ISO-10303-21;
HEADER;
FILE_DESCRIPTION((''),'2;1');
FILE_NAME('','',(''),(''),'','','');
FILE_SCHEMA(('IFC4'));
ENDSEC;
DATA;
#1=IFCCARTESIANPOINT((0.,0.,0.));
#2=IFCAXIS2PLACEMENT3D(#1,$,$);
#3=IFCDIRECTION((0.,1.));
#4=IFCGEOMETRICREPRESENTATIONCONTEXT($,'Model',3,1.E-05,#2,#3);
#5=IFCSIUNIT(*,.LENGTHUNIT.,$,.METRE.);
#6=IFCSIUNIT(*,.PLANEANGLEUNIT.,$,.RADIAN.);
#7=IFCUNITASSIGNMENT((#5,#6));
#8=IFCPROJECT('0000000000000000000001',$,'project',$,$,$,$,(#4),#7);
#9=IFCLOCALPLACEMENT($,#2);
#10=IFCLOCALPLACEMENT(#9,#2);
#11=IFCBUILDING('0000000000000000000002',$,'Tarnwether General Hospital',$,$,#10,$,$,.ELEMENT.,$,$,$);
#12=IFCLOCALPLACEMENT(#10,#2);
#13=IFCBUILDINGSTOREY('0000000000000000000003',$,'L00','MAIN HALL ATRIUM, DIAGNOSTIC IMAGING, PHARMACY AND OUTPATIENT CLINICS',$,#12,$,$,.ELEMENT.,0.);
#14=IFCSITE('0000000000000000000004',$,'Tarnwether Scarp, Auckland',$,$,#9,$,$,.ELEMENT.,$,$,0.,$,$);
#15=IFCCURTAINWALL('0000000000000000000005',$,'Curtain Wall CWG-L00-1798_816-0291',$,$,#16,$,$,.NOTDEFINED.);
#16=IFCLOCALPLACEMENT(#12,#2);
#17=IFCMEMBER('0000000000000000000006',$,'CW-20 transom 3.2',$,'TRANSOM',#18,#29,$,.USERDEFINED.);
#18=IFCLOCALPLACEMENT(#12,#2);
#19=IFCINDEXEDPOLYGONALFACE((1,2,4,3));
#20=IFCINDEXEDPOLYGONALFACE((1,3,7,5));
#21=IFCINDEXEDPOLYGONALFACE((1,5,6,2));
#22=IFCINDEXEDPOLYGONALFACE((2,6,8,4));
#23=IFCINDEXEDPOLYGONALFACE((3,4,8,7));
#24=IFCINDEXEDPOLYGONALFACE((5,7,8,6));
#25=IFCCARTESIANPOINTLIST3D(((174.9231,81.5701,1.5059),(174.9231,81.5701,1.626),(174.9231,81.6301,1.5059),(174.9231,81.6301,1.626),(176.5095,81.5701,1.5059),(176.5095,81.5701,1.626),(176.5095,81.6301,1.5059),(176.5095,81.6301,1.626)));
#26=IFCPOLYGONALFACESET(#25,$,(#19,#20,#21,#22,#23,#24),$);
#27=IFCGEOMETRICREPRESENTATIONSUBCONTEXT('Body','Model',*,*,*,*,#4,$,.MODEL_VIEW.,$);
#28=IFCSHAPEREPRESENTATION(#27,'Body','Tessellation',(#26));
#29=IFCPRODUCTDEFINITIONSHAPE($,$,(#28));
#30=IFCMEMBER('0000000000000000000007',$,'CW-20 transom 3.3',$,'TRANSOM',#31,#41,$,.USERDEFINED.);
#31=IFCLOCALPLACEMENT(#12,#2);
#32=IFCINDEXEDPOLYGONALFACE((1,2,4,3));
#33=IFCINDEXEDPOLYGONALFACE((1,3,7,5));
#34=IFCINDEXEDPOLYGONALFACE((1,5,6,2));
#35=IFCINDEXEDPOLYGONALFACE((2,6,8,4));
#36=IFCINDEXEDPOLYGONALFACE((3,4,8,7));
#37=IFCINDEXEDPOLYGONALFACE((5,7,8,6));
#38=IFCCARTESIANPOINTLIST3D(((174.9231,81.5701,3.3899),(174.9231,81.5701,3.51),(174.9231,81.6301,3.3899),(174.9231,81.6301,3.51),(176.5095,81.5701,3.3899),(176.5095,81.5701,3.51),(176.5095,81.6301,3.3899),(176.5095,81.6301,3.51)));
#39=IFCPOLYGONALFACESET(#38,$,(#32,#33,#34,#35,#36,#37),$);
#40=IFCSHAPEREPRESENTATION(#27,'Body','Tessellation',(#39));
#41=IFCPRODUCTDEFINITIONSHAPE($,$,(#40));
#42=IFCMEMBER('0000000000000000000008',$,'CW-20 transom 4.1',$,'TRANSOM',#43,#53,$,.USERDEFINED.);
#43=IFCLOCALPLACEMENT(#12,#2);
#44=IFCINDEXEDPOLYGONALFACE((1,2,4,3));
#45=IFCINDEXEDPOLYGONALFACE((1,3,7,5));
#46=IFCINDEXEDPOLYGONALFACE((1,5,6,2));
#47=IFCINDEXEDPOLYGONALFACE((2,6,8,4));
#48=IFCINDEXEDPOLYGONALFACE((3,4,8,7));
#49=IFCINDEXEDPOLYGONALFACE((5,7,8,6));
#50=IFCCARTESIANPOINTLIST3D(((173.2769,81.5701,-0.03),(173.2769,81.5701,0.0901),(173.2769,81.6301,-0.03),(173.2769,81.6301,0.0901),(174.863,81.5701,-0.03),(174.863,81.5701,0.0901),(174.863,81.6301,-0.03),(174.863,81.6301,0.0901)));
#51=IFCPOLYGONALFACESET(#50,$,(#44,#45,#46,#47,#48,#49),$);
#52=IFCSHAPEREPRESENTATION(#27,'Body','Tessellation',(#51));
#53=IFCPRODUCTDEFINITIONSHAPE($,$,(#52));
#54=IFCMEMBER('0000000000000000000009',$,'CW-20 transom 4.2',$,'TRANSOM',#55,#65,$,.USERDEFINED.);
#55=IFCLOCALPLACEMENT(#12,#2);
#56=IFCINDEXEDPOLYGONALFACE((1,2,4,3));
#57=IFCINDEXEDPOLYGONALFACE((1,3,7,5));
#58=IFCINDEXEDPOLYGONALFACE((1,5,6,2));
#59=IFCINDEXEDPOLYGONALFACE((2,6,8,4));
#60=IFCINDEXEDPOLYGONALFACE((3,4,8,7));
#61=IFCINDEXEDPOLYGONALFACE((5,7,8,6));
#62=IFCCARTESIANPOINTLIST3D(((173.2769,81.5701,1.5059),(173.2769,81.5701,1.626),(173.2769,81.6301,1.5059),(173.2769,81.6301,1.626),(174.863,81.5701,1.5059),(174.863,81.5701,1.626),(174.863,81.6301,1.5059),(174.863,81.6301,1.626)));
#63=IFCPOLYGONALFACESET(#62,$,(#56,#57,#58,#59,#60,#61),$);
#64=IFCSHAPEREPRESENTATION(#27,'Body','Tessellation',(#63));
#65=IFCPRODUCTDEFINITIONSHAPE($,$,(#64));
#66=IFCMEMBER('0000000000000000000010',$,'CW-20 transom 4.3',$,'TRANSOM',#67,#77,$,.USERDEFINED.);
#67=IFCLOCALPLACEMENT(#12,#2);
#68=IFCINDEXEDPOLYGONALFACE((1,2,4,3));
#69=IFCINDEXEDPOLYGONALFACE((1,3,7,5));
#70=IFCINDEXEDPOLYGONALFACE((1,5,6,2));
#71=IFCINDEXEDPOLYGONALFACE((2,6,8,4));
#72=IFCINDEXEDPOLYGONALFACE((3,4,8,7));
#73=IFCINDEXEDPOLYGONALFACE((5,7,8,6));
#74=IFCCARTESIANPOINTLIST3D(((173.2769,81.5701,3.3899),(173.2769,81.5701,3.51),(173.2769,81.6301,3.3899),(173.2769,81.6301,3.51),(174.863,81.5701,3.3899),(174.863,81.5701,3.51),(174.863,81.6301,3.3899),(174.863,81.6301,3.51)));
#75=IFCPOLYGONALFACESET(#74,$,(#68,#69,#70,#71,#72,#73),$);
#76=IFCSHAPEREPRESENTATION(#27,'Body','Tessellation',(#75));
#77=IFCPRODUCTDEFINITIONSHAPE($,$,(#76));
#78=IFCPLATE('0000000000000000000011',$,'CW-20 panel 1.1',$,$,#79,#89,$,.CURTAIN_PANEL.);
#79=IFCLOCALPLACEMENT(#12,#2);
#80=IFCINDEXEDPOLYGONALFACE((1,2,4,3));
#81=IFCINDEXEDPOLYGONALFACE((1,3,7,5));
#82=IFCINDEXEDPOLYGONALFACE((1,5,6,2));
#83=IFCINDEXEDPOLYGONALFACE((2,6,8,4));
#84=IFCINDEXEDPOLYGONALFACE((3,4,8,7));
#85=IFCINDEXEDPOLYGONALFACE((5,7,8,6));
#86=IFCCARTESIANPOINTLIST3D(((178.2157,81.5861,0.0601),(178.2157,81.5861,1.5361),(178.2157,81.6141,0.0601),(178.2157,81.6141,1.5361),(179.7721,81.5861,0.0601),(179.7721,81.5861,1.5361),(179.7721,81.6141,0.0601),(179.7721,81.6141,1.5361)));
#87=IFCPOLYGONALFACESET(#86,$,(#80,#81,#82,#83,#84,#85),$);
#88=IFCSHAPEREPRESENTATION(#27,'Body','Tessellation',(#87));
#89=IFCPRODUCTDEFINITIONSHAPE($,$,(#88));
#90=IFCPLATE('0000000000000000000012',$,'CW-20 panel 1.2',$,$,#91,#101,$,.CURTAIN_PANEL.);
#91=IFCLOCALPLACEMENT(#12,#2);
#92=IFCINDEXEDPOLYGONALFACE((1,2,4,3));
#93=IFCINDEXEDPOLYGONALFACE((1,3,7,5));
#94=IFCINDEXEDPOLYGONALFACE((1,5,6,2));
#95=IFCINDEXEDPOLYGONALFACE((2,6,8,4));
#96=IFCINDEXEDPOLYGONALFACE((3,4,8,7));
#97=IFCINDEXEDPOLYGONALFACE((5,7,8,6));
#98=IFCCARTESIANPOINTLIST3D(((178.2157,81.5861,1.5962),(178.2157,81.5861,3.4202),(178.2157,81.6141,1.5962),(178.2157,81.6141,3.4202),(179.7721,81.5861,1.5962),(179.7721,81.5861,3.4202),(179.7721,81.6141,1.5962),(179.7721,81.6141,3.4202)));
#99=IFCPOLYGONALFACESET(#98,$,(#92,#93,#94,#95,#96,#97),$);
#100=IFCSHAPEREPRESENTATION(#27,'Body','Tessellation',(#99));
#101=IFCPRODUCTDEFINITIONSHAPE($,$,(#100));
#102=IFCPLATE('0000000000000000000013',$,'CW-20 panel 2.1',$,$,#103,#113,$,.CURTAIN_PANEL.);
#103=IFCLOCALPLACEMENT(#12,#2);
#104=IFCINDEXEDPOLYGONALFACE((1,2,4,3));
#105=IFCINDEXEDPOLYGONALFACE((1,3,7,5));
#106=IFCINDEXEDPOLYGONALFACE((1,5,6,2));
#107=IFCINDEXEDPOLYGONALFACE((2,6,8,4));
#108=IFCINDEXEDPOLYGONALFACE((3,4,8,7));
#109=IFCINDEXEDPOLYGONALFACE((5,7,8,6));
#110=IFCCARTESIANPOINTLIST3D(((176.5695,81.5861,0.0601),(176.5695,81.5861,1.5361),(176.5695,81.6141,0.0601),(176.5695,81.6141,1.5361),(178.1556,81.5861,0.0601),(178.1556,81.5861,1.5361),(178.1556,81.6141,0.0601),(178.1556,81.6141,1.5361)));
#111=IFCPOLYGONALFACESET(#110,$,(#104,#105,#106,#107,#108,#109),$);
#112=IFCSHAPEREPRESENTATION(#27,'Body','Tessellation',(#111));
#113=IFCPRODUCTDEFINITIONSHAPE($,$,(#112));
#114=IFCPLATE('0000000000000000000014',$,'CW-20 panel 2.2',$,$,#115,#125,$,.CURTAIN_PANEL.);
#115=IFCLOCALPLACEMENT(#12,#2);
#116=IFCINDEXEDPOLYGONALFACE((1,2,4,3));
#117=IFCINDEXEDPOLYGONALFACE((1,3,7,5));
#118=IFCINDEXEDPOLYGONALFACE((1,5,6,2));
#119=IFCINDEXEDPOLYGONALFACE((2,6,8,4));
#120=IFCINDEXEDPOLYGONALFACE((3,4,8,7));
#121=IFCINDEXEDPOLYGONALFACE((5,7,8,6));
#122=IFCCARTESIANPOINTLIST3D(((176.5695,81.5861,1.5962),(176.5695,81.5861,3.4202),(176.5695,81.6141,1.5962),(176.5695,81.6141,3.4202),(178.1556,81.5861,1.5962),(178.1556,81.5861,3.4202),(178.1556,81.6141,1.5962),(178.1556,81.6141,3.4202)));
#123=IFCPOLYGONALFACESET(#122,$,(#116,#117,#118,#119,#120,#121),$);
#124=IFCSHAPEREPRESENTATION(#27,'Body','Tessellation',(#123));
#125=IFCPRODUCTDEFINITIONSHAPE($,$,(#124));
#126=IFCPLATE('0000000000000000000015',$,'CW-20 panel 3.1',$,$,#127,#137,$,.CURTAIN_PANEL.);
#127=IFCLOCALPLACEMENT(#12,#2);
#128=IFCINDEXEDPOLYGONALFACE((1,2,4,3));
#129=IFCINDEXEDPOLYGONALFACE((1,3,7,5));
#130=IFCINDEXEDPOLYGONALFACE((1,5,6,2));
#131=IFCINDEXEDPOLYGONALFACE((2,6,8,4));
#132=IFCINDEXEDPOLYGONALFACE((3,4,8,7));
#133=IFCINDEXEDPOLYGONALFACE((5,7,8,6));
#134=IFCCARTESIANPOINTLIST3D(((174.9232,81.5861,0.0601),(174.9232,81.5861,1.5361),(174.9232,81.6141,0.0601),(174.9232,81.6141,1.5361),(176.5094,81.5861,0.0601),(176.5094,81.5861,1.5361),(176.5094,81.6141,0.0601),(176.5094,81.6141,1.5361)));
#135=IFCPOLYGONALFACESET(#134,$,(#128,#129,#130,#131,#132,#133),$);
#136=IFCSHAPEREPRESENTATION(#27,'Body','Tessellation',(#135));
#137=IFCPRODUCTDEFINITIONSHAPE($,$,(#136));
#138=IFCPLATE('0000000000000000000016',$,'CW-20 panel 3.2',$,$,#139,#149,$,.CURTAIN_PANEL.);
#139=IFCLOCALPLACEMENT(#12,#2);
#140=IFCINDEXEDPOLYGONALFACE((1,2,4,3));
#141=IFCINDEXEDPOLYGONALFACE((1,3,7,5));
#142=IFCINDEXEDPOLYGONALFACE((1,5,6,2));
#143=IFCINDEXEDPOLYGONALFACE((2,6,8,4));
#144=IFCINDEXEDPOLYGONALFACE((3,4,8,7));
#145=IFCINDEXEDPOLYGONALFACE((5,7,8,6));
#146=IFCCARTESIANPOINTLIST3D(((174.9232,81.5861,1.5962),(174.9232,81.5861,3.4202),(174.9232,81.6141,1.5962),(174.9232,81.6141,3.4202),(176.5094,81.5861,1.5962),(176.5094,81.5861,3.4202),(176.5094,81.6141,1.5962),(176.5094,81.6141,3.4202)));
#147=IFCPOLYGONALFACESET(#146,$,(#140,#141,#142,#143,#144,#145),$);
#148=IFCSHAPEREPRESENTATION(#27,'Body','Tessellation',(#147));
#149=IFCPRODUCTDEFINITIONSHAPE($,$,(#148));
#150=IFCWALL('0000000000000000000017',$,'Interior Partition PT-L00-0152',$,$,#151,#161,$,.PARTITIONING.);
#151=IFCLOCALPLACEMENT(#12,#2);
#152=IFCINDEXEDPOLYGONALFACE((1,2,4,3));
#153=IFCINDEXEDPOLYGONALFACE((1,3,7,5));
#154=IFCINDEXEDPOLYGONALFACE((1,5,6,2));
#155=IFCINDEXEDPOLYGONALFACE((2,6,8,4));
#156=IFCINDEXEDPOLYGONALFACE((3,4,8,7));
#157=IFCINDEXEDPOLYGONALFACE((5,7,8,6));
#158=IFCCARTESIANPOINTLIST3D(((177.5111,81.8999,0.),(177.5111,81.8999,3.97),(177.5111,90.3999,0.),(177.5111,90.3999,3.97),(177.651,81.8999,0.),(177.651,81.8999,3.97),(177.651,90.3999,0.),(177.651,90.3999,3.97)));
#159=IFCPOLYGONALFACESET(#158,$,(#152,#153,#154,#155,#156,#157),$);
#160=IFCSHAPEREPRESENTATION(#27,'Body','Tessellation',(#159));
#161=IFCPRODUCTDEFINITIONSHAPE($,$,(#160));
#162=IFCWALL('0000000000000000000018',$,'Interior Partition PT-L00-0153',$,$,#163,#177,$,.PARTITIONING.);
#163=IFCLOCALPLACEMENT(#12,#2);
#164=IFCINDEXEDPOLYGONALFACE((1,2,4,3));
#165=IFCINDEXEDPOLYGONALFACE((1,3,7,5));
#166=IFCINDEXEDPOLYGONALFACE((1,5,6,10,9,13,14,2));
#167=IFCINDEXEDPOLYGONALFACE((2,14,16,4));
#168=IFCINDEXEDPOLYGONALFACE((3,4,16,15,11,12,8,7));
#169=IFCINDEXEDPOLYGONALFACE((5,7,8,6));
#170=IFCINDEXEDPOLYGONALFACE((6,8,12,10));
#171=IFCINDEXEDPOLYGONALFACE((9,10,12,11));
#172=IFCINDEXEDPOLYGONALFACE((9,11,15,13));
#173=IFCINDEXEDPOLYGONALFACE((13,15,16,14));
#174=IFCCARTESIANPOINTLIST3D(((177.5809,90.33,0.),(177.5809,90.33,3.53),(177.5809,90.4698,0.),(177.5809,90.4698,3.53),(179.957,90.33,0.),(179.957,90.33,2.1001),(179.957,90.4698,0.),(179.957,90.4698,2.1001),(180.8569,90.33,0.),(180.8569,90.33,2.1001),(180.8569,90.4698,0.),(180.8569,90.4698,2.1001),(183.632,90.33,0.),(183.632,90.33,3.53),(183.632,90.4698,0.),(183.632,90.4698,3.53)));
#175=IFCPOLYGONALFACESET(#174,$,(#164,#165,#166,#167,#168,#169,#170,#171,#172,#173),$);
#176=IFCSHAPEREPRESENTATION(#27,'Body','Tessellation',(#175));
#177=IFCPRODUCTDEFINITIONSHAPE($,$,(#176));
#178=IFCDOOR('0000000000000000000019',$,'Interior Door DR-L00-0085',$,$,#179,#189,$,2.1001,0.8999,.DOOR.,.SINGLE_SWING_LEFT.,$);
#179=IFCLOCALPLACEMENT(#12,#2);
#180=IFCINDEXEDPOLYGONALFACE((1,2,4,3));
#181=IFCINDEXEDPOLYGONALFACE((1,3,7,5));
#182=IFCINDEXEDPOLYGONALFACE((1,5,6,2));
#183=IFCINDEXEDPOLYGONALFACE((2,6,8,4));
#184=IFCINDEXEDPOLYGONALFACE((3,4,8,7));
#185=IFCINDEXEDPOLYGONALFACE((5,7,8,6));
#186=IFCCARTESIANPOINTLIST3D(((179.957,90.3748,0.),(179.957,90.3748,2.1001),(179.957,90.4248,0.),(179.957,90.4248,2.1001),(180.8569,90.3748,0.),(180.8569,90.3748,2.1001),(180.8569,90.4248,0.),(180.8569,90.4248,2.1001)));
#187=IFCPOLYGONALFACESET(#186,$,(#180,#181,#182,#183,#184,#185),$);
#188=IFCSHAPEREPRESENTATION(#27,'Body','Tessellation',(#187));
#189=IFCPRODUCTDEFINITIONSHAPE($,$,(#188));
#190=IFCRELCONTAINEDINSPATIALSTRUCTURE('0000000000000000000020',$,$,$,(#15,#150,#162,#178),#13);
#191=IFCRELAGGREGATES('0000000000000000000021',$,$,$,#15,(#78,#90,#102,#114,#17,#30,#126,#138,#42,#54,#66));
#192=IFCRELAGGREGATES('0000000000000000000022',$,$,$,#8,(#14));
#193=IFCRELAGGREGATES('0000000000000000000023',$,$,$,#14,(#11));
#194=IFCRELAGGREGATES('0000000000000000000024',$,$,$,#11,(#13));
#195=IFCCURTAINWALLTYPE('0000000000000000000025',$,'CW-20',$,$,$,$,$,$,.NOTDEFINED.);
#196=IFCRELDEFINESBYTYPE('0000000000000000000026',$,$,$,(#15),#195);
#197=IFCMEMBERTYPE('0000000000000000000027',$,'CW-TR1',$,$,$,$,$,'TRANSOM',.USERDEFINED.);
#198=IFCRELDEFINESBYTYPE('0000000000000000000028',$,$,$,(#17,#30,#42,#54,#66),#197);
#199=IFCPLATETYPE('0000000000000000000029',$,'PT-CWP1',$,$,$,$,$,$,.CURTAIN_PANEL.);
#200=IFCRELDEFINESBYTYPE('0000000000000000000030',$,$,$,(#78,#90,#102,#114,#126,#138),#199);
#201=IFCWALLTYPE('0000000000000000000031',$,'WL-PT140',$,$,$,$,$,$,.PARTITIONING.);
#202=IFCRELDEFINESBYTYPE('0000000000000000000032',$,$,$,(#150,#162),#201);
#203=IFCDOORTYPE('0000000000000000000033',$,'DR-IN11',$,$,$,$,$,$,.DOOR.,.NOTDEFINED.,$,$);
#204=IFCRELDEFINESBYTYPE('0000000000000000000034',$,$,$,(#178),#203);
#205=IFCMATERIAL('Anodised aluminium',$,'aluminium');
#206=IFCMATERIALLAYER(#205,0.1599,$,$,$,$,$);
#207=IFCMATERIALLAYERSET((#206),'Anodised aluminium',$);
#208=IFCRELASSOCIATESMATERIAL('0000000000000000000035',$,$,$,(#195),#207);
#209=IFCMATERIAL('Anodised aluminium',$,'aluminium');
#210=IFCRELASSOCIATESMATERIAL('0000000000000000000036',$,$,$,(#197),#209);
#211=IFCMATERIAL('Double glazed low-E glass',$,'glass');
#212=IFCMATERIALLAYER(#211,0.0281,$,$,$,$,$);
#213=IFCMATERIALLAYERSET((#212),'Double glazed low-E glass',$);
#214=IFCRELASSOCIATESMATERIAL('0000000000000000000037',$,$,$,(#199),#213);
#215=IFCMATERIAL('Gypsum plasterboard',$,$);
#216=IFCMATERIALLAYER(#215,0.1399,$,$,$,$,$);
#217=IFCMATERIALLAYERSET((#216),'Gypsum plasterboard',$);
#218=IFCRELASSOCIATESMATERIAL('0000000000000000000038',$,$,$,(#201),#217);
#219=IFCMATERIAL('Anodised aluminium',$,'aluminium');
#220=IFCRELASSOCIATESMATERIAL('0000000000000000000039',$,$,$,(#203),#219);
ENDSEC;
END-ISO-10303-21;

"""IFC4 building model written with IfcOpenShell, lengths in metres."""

from ifc_helpers import new_model, si_unit, direction, frame, frame_2d, origin, origin_2d, place, context, subcontext, project, spatial, rectangle, extrude, material, layer, layer_set, material_profile, profile_set, type_object, element, fill, aggregate, save


model = new_model("IFC4")

# Units and contexts
model_context = context("Model", 3, precision=1e-05, world=origin(), true_north=direction((0.0, 1.0)))
body_context = subcontext(model_context, "Body", "Model", "MODEL_VIEW")
ifc_project = project(units=[si_unit("LENGTHUNIT", "METRE"), si_unit("PLANEANGLEUNIT", "RADIAN")], contexts=[model_context])

# Site, building, storey
site_placement = place(None, origin())
site = spatial("IfcSite", under=ifc_project, at=site_placement, Name="Tarnwether Scarp, Auckland", CompositionType="ELEMENT", RefElevation=0.0)
building_placement = place(site_placement, origin())
building = spatial("IfcBuilding", under=site, at=building_placement, Name="Tarnwether General Hospital", CompositionType="ELEMENT")
storey_placement = place(building_placement, origin())
storey = spatial("IfcBuildingStorey", under=building, at=storey_placement, Name="L00", Description="MAIN HALL ATRIUM, DIAGNOSTIC IMAGING, PHARMACY AND OUTPATIENT CLINICS", CompositionType="ELEMENT", Elevation=0.0)

# Curtain wall, members, plates
ifc_material_1 = material(Name="Anodised aluminium", Category="aluminium")
ifc_layer_1 = layer(ifc_material_1, 0.1599)
ifc_layer_set_1 = layer_set([ifc_layer_1], Name="Anodised aluminium")
curtain_wall_type = type_object("IfcCurtainWallType", Name="CW-20", PredefinedType="NOTDEFINED", material=ifc_layer_set_1)
curtain_wall_placement = place(storey_placement, origin())
curtain_wall = element("IfcCurtainWall", 1, at=curtain_wall_placement, inside=storey, type_object=curtain_wall_type, Name="Curtain Wall CWG-L00-1798_816-0291", PredefinedType="NOTDEFINED")
ifc_material_2 = material(Name="Anodised aluminium", Category="aluminium")
ifc_material_profile_1 = material_profile(ifc_material_2, rectangle(XDim=0.0601, YDim=0.1201, at=origin_2d()), Name="ALU-TRN-60x120")
ifc_profile_set_1 = profile_set([ifc_material_profile_1], Name="Anodised aluminium")
member_type_1 = type_object("IfcMemberType", Name="CW-TR1", ElementType="TRANSOM", PredefinedType="USERDEFINED", material=ifc_profile_set_1)
member_1_placement = place(storey_placement, frame((176.5095, 81.6001, 1.5659), z_axis=(-1.0, 0.0, 0.0), x_axis=(0.0, -1.0, 0.0)))
member_1 = element("IfcMember", 2, at=member_1_placement, type_object=member_type_1, Name="CW-20 transom 3.2", ObjectType="TRANSOM", PredefinedType="USERDEFINED", context=body_context, shape_type="SweptSolid", body=[
    extrude(rectangle(XDim=0.0601, YDim=0.1201, at=origin_2d()), origin(), (0.0, 0.0, 1.0), 1.5864),
])
member_2_placement = place(storey_placement, frame((176.5095, 81.6001, 3.45), z_axis=(-1.0, 0.0, 0.0), x_axis=(0.0, -1.0, 0.0)))
member_2 = element("IfcMember", 3, at=member_2_placement, type_object=member_type_1, Name="CW-20 transom 3.3", ObjectType="TRANSOM", PredefinedType="USERDEFINED", context=body_context, shape_type="SweptSolid", body=[
    extrude(rectangle(XDim=0.0601, YDim=0.1201, at=origin_2d()), origin(), (0.0, 0.0, 1.0), 1.5864),
])
member_3_placement = place(storey_placement, frame((174.863, 81.6001, 0.03), z_axis=(-1.0, 0.0, 0.0), x_axis=(0.0, -1.0, 0.0)))
member_3 = element("IfcMember", 4, at=member_3_placement, type_object=member_type_1, Name="CW-20 transom 4.1", ObjectType="TRANSOM", PredefinedType="USERDEFINED", context=body_context, shape_type="SweptSolid", body=[
    extrude(rectangle(XDim=0.0601, YDim=0.1201, at=origin_2d()), origin(), (0.0, 0.0, 1.0), 1.5862),
])
member_4_placement = place(storey_placement, frame((174.863, 81.6001, 1.5659), z_axis=(-1.0, 0.0, 0.0), x_axis=(0.0, -1.0, 0.0)))
member_4 = element("IfcMember", 5, at=member_4_placement, type_object=member_type_1, Name="CW-20 transom 4.2", ObjectType="TRANSOM", PredefinedType="USERDEFINED", context=body_context, shape_type="SweptSolid", body=[
    extrude(rectangle(XDim=0.0601, YDim=0.1201, at=origin_2d()), origin(), (0.0, 0.0, 1.0), 1.5862),
])
member_5_placement = place(storey_placement, frame((174.863, 81.6001, 3.45), z_axis=(-1.0, 0.0, 0.0), x_axis=(0.0, -1.0, 0.0)))
member_5 = element("IfcMember", 6, at=member_5_placement, type_object=member_type_1, Name="CW-20 transom 4.3", ObjectType="TRANSOM", PredefinedType="USERDEFINED", context=body_context, shape_type="SweptSolid", body=[
    extrude(rectangle(XDim=0.0601, YDim=0.1201, at=origin_2d()), origin(), (0.0, 0.0, 1.0), 1.5862),
])
ifc_material_3 = material(Name="Double glazed low-E glass", Category="glass")
ifc_layer_2 = layer(ifc_material_3, 0.0281)
ifc_layer_set_2 = layer_set([ifc_layer_2], Name="Double glazed low-E glass")
plate_type = type_object("IfcPlateType", Name="PT-CWP1", PredefinedType="CURTAIN_PANEL", material=ifc_layer_set_2)
plate_1_placement = place(storey_placement, frame((178.9939, 81.6001, 0.0601), z_axis=(0.0, 0.0, 1.0), x_axis=(-1.0, 0.0, 0.0)))
plate_1 = element("IfcPlate", 7, at=plate_1_placement, type_object=plate_type, Name="CW-20 panel 1.1", PredefinedType="CURTAIN_PANEL", context=body_context, shape_type="SweptSolid", body=[
    extrude(rectangle(XDim=1.5564, YDim=0.0281, at=origin_2d()), origin(), (0.0, 0.0, 1.0), 1.4761),
])
plate_2_placement = place(storey_placement, frame((178.9939, 81.6001, 1.5962), z_axis=(0.0, 0.0, 1.0), x_axis=(-1.0, 0.0, 0.0)))
plate_2 = element("IfcPlate", 8, at=plate_2_placement, type_object=plate_type, Name="CW-20 panel 1.2", PredefinedType="CURTAIN_PANEL", context=body_context, shape_type="SweptSolid", body=[
    extrude(rectangle(XDim=1.5564, YDim=0.0281, at=origin_2d()), origin(), (0.0, 0.0, 1.0), 1.824),
])
plate_3_placement = place(storey_placement, frame((177.3625, 81.6001, 0.0601), z_axis=(0.0, 0.0, 1.0), x_axis=(-1.0, 0.0, 0.0)))
plate_3 = element("IfcPlate", 9, at=plate_3_placement, type_object=plate_type, Name="CW-20 panel 2.1", PredefinedType="CURTAIN_PANEL", context=body_context, shape_type="SweptSolid", body=[
    extrude(rectangle(XDim=1.5862, YDim=0.0281, at=origin_2d()), origin(), (0.0, 0.0, 1.0), 1.4761),
])
plate_4_placement = place(storey_placement, frame((177.3625, 81.6001, 1.5962), z_axis=(0.0, 0.0, 1.0), x_axis=(-1.0, 0.0, 0.0)))
plate_4 = element("IfcPlate", 10, at=plate_4_placement, type_object=plate_type, Name="CW-20 panel 2.2", PredefinedType="CURTAIN_PANEL", context=body_context, shape_type="SweptSolid", body=[
    extrude(rectangle(XDim=1.5862, YDim=0.0281, at=origin_2d()), origin(), (0.0, 0.0, 1.0), 1.824),
])
plate_5_placement = place(storey_placement, frame((175.7163, 81.6001, 0.0601), z_axis=(0.0, 0.0, 1.0), x_axis=(-1.0, 0.0, 0.0)))
plate_5 = element("IfcPlate", 11, at=plate_5_placement, type_object=plate_type, Name="CW-20 panel 3.1", PredefinedType="CURTAIN_PANEL", context=body_context, shape_type="SweptSolid", body=[
    extrude(rectangle(XDim=1.5862, YDim=0.0281, at=origin_2d()), origin(), (0.0, 0.0, 1.0), 1.4761),
])
plate_6_placement = place(storey_placement, frame((175.7163, 81.6001, 1.5962), z_axis=(0.0, 0.0, 1.0), x_axis=(-1.0, 0.0, 0.0)))
plate_6 = element("IfcPlate", 12, at=plate_6_placement, type_object=plate_type, Name="CW-20 panel 3.2", PredefinedType="CURTAIN_PANEL", context=body_context, shape_type="SweptSolid", body=[
    extrude(rectangle(XDim=1.5862, YDim=0.0281, at=origin_2d()), origin(), (0.0, 0.0, 1.0), 1.824),
])
aggregate(curtain_wall, [plate_1, plate_2, plate_3, plate_4, member_1, member_2, plate_5, plate_6, member_3, member_4, member_5])

# Wall
ifc_material_4 = material(Name="Gypsum plasterboard")
ifc_layer_3 = layer(ifc_material_4, 0.1399)
ifc_layer_set_3 = layer_set([ifc_layer_3], Name="Gypsum plasterboard")
wall_type = type_object("IfcWallType", Name="WL-PT140", PredefinedType="PARTITIONING", material=ifc_layer_set_3)
wall_1_placement = place(storey_placement, frame((177.5811, 81.8999, 0.0), z_axis=(0.0, 0.0, 1.0), x_axis=(0.0, 1.0, 0.0)))
element("IfcWall", 13, at=wall_1_placement, inside=storey, type_object=wall_type, Name="Interior Partition PT-L00-0152", PredefinedType="PARTITIONING", context=body_context, shape_type="SweptSolid", body=[
    extrude(rectangle(XDim=8.5, YDim=0.1399, at=frame_2d((4.25, 0.0))), origin(), (0.0, 0.0, 1.0), 3.97),
])

# Wall, opening, door
wall_2_placement = place(storey_placement, frame((177.5811, 90.3999, 0.0), z_axis=(0.0, 0.0, 1.0), x_axis=(1.0, 0.0, 0.0)))
wall_2 = element("IfcWall", 14, at=wall_2_placement, inside=storey, type_object=wall_type, Name="Interior Partition PT-L00-0153", PredefinedType="PARTITIONING", context=body_context, shape_type="SweptSolid", body=[
    extrude(rectangle(XDim=6.051, YDim=0.1399, at=frame_2d((3.0254, 0.0))), origin(), (0.0, 0.0, 1.0), 3.53),
])
opening_placement = place(wall_2_placement, frame((2.376, 0.0, 0.0)))
opening = element("IfcOpeningElement", 15, at=opening_placement, cuts=wall_2, PredefinedType="OPENING", context=body_context, shape_type="SweptSolid", body=[
    extrude(rectangle(XDim=0.8999, YDim=2.1001, at=frame_2d((0.45, 1.05))), frame((0.0, 0.0801, 0.0), z_axis=(0.0, -1.0, 0.0), x_axis=(1.0, 0.0, 0.0)), (0.0, 0.0, 1.0), 0.1599),
])
ifc_material_5 = material(Name="Anodised aluminium", Category="aluminium")
door_type = type_object("IfcDoorType", Name="DR-IN11", OperationType="NOTDEFINED", PredefinedType="DOOR", material=ifc_material_5)
door_placement = place(opening_placement, origin())
door = element("IfcDoor", 16, at=door_placement, inside=storey, type_object=door_type, Name="Interior Door DR-L00-0085", OperationType="SINGLE_SWING_LEFT", OverallHeight=2.1001, OverallWidth=0.8999, PredefinedType="DOOR", context=body_context, shape_type="SweptSolid", body=[
    extrude(rectangle(XDim=0.8999, YDim=2.1001, at=frame_2d((0.45, 1.05))), frame((0.0, 0.0249, 0.0), z_axis=(0.0, -1.0, 0.0), x_axis=(1.0, 0.0, 0.0)), (0.0, 0.0, 1.0), 0.05),
])
fill(opening, door)

save(model, "model.ifc")
